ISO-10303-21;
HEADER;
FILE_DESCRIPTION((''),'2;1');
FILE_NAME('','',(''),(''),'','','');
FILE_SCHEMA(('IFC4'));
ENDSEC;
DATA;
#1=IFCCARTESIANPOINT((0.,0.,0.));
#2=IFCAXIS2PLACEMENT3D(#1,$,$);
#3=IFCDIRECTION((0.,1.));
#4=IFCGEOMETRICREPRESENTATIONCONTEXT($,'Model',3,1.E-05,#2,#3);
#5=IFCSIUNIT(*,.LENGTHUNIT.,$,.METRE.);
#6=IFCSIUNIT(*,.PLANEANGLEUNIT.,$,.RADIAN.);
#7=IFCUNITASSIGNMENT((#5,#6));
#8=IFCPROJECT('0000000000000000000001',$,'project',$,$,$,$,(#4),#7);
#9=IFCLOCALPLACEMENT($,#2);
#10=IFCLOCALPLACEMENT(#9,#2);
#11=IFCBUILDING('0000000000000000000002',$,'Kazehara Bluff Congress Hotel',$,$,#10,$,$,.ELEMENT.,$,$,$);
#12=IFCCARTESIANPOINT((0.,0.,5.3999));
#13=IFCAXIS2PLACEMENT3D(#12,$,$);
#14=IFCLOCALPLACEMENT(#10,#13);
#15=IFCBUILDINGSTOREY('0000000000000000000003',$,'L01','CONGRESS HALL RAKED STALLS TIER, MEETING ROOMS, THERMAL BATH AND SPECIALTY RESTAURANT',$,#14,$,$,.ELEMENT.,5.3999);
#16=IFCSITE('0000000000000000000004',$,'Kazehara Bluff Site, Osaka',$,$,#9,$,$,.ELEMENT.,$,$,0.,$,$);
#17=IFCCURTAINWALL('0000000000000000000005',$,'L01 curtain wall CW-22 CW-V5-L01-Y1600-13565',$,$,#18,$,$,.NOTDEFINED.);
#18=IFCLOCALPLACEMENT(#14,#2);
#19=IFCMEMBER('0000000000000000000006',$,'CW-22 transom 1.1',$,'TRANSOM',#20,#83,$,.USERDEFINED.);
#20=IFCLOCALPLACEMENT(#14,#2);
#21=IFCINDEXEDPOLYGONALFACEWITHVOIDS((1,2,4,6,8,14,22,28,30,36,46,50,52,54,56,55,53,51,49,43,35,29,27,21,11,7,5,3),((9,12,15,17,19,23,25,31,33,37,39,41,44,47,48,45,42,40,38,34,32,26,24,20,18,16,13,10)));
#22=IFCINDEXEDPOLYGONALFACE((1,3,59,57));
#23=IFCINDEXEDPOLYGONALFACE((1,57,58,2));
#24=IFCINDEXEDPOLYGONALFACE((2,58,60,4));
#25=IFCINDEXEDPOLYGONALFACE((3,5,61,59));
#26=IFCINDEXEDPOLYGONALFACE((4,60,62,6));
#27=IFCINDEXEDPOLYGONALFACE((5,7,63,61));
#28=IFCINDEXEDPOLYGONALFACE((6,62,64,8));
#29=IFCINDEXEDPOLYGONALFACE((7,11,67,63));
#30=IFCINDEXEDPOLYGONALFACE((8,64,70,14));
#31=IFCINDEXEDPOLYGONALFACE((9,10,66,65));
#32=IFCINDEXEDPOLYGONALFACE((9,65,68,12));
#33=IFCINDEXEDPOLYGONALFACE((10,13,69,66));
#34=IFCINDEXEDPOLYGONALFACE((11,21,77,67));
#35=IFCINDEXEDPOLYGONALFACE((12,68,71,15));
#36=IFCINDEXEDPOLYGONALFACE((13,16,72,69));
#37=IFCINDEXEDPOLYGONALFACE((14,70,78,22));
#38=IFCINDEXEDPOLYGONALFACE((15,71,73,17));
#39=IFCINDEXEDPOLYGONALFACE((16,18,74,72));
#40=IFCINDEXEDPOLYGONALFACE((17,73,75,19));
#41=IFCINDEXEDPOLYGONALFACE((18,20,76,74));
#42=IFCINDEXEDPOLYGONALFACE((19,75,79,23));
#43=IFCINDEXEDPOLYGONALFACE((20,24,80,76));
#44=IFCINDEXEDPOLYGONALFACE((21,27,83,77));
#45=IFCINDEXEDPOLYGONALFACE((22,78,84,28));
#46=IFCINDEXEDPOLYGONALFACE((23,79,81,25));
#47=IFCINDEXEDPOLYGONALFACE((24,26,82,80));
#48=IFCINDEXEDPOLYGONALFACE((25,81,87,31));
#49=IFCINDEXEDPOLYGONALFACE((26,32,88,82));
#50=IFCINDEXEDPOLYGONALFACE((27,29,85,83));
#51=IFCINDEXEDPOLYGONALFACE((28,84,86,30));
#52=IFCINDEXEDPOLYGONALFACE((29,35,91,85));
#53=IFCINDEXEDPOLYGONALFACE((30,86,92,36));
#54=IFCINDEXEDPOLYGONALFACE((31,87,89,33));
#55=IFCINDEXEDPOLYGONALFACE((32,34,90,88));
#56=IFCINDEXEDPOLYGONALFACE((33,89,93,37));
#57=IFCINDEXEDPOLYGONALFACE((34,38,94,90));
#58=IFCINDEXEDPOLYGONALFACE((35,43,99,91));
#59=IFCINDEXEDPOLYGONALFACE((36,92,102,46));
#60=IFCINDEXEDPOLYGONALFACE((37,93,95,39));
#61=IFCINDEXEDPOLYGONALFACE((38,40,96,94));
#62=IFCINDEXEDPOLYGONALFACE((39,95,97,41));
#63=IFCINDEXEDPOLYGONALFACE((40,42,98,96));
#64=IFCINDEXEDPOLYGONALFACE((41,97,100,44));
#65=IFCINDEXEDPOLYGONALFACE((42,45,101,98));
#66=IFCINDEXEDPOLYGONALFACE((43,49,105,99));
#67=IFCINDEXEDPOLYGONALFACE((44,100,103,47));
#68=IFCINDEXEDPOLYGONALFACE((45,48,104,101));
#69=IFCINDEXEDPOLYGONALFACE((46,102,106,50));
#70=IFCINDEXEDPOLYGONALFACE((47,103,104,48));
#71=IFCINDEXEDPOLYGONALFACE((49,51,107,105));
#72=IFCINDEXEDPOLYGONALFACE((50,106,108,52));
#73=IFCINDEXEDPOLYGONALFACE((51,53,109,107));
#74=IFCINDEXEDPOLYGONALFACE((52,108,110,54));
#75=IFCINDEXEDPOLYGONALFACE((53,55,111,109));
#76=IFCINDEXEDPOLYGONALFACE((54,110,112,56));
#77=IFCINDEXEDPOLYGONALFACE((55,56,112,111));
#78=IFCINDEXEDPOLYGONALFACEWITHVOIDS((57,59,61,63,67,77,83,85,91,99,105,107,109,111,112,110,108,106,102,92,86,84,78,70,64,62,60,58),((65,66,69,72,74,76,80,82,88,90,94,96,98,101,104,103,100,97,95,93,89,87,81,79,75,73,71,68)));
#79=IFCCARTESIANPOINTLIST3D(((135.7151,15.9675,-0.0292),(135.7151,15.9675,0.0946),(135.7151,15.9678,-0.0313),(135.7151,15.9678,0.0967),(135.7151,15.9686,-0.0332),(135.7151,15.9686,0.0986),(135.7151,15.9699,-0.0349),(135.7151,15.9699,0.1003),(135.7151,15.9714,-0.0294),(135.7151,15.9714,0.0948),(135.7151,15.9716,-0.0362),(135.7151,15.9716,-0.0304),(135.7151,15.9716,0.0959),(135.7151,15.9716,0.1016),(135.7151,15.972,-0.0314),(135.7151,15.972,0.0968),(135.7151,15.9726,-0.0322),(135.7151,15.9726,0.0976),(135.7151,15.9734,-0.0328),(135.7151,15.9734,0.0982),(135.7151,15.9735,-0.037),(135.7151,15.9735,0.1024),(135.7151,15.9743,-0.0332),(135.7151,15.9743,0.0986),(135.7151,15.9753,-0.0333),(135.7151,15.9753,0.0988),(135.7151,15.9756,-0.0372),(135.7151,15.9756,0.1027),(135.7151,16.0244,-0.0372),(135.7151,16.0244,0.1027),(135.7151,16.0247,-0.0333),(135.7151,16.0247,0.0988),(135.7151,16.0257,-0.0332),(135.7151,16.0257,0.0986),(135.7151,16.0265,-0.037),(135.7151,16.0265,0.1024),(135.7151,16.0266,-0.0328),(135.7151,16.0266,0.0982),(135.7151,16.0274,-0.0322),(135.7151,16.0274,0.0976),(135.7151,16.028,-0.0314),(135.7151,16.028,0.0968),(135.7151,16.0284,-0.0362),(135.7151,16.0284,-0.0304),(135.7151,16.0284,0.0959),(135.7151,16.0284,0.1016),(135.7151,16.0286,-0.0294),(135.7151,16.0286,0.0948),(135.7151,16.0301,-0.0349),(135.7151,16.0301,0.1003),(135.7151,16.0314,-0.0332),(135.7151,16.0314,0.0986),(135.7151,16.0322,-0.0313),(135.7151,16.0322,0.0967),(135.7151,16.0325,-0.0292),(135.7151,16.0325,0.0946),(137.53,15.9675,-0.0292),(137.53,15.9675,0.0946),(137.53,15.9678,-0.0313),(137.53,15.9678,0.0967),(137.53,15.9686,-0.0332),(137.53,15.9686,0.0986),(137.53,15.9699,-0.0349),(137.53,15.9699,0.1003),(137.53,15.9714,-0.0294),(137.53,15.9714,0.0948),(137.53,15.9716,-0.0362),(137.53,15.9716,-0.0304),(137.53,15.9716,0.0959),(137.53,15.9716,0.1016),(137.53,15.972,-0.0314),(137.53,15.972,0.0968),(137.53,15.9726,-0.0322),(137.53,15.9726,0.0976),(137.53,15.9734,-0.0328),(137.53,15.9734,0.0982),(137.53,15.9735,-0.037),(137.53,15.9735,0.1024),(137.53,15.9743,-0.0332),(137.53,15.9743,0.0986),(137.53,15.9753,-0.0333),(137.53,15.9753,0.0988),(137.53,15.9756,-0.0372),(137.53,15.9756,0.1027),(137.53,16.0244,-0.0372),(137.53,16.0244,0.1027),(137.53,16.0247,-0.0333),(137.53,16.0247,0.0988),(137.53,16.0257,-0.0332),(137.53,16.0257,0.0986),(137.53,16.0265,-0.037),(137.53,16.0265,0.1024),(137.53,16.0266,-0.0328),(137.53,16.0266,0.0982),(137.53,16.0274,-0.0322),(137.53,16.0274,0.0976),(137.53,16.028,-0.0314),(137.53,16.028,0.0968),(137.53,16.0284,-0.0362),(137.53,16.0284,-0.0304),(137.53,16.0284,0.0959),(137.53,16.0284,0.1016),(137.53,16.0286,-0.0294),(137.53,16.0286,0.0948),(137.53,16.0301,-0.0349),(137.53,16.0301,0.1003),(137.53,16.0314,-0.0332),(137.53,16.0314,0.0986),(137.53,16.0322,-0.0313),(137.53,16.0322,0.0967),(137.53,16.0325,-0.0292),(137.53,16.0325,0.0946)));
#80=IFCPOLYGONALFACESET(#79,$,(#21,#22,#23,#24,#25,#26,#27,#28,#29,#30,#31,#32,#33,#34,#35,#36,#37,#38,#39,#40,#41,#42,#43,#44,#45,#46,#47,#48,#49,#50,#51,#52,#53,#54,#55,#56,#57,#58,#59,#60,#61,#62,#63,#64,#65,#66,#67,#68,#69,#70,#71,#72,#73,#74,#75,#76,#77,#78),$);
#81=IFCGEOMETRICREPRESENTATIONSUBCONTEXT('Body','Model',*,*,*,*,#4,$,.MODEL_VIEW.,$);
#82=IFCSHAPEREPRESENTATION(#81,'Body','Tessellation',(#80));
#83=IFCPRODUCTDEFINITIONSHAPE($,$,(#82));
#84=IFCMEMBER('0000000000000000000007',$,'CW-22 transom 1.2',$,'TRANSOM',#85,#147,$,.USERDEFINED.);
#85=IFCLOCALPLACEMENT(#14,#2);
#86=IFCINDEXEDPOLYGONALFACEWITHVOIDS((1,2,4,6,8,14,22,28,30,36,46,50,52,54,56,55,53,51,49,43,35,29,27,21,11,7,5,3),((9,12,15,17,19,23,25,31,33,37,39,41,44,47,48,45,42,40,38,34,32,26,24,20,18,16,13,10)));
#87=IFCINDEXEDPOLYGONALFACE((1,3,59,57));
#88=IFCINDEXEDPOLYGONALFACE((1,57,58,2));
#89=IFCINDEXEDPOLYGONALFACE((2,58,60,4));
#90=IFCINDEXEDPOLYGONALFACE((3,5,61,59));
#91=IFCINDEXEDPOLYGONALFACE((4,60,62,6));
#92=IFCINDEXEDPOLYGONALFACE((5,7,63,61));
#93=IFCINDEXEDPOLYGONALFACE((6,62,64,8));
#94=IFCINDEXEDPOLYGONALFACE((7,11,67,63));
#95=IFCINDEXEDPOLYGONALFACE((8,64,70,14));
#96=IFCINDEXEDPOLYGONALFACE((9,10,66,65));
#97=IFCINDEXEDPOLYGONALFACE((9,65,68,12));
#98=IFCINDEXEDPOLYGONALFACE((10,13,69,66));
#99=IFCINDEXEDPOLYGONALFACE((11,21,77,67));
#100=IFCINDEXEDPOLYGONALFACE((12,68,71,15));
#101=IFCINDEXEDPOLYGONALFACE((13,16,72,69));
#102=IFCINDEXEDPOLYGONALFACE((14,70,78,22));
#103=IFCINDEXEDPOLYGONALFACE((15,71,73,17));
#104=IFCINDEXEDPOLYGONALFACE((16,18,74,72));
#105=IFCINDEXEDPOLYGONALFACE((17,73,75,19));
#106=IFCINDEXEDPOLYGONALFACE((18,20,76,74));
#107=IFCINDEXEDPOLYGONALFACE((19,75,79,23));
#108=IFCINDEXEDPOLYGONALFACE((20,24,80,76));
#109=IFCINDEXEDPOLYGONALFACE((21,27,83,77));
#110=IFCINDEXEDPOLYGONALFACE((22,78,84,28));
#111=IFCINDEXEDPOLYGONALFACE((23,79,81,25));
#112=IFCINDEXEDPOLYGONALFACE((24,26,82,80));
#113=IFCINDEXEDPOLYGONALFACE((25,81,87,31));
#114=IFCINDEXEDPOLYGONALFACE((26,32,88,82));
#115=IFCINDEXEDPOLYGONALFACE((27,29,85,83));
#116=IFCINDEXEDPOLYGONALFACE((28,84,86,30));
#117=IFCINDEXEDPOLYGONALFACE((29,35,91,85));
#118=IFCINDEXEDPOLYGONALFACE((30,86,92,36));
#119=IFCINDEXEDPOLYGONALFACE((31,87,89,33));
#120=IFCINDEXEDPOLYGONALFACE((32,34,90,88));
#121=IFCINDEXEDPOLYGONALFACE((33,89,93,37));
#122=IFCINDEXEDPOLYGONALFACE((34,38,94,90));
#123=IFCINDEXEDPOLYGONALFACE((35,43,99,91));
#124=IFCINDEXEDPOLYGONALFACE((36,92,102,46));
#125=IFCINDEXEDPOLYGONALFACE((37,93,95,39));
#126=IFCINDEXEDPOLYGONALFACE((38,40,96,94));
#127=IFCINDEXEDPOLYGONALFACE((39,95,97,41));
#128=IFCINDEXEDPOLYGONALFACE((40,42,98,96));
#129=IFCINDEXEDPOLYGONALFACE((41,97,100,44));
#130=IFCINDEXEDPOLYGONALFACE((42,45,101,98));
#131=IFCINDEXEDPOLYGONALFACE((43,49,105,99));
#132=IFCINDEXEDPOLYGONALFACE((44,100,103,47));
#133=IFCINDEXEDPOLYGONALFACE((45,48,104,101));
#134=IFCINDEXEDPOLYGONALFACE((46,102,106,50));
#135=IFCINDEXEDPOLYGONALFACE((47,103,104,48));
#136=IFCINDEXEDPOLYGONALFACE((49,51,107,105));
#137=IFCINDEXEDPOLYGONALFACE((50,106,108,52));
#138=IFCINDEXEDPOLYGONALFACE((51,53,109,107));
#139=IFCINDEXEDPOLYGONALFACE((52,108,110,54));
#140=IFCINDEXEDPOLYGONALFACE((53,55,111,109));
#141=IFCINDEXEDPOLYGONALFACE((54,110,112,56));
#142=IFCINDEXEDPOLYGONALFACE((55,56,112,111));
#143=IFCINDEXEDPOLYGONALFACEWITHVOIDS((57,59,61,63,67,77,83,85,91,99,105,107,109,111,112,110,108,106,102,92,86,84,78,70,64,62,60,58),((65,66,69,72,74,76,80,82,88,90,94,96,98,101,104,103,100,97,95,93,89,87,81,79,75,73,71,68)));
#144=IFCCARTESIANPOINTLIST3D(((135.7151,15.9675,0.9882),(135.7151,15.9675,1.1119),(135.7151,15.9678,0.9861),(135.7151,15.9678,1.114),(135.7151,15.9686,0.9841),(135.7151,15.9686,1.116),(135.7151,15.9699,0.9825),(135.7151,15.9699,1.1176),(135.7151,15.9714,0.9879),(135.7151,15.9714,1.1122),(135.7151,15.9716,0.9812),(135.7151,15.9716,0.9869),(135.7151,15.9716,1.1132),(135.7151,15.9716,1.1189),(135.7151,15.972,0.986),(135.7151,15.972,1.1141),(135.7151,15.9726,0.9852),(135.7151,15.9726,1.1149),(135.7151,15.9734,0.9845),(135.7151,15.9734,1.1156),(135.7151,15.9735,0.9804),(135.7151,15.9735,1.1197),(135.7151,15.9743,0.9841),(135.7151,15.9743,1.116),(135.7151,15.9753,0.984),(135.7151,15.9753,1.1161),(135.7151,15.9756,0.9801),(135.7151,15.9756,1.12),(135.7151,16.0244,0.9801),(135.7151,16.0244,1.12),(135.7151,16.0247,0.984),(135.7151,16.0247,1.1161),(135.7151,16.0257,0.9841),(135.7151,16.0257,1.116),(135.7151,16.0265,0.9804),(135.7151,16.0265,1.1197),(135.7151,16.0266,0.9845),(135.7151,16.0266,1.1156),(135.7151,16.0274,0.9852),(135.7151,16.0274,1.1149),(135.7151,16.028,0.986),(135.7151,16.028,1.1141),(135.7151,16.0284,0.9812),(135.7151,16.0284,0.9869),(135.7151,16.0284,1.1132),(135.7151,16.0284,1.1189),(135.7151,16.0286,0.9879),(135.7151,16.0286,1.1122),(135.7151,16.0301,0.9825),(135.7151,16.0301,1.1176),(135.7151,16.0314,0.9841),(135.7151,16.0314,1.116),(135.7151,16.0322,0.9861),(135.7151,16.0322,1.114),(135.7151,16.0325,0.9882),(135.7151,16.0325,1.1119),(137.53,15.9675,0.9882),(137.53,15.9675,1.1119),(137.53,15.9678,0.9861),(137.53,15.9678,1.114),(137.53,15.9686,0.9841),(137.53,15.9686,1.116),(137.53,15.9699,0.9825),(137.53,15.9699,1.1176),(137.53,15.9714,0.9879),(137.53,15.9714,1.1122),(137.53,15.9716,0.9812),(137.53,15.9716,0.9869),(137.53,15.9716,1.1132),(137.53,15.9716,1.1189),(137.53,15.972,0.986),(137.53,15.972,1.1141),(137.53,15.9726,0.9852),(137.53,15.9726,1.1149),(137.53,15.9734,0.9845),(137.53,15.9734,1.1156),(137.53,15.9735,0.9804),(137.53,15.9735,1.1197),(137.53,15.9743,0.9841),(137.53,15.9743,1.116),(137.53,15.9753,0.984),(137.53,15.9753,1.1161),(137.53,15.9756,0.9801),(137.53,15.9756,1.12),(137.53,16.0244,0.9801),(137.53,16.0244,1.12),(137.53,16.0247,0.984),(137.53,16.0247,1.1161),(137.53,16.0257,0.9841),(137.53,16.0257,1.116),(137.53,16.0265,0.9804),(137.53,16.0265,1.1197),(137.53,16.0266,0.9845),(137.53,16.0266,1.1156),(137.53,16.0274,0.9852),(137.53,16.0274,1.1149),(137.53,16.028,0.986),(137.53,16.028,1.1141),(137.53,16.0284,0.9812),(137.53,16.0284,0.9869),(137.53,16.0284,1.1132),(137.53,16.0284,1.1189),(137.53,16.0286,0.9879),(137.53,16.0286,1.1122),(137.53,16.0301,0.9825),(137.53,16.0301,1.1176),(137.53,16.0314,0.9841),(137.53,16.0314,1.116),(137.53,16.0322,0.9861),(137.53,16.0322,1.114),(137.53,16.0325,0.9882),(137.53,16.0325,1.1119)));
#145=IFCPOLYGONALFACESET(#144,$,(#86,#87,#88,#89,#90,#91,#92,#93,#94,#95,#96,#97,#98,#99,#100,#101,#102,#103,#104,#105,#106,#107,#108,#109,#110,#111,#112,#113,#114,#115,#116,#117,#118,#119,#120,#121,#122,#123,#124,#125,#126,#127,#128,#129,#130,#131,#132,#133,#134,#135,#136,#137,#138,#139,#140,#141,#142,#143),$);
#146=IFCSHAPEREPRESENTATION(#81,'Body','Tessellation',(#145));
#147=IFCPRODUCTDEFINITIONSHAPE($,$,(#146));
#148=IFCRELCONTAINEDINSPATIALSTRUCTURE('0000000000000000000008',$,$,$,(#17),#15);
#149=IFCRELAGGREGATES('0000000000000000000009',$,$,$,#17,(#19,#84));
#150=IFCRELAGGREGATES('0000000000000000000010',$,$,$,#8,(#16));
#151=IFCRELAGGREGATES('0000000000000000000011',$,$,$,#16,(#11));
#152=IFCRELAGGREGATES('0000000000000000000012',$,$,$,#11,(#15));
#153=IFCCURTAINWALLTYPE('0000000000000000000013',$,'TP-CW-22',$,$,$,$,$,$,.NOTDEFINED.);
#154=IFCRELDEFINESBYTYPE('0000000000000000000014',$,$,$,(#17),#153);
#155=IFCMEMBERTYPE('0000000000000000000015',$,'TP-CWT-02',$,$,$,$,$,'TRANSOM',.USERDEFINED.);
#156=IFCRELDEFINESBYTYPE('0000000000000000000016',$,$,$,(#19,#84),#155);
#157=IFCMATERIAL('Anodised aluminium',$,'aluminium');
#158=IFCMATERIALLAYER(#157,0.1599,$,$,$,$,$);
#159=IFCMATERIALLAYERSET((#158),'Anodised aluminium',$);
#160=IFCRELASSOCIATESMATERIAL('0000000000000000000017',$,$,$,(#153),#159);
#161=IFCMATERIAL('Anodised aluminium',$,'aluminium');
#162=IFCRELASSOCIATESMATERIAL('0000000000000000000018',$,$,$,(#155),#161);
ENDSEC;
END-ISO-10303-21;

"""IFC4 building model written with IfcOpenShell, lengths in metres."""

from ifc_helpers import new_model, si_unit, direction, frame, origin, origin_2d, place, context, subcontext, project, spatial, hollow_rectangle, extrude, material, layer, layer_set, material_profile, profile_set, type_object, element, aggregate, save


model = new_model("IFC4")

# Units and contexts
model_context = context("Model", 3, precision=1e-05, world=origin(), true_north=direction((0.0, 1.0)))
body_context = subcontext(model_context, "Body", "Model", "MODEL_VIEW")
ifc_project = project(units=[si_unit("LENGTHUNIT", "METRE"), si_unit("PLANEANGLEUNIT", "RADIAN")], contexts=[model_context])

# Site, building, storey
site_placement = place(None, origin())
site = spatial("IfcSite", under=ifc_project, at=site_placement, Name="Kazehara Bluff Site, Osaka", CompositionType="ELEMENT", RefElevation=0.0)
building_placement = place(site_placement, origin())
building = spatial("IfcBuilding", under=site, at=building_placement, Name="Kazehara Bluff Congress Hotel", CompositionType="ELEMENT")
storey_placement = place(building_placement, frame((0.0, 0.0, 5.3999)))
storey = spatial("IfcBuildingStorey", under=building, at=storey_placement, Name="L01", Description="CONGRESS HALL RAKED STALLS TIER, MEETING ROOMS, THERMAL BATH AND SPECIALTY RESTAURANT", CompositionType="ELEMENT", Elevation=5.3999)

# Curtain wall
ifc_material_1 = material(Name="Anodised aluminium", Category="aluminium")
ifc_layer_1 = layer(ifc_material_1, 0.1599)
ifc_layer_set_1 = layer_set([ifc_layer_1], Name="Anodised aluminium")
curtain_wall_type_1 = type_object("IfcCurtainWallType", Name="TP-CW-22", PredefinedType="NOTDEFINED", material=ifc_layer_set_1)
curtain_wall_1_placement = place(storey_placement, origin())
curtain_wall_1 = element("IfcCurtainWall", 1, at=curtain_wall_1_placement, inside=storey, type_object=curtain_wall_type_1, Name="L01 curtain wall CW-22 CW-V5-L01-Y1600-13565", PredefinedType="NOTDEFINED")

# Members
ifc_material_2 = material(Name="Anodised aluminium", Category="aluminium")
ifc_material_profile_1 = material_profile(ifc_material_2, hollow_rectangle(XDim=0.0649, YDim=0.1399, WallThickness=0.0039, InnerFilletRadius=0.0039, OuterFilletRadius=0.0081, at=origin_2d()))
ifc_profile_set_1 = profile_set([ifc_material_profile_1], Name="Anodised aluminium")
member_type_1 = type_object("IfcMemberType", Name="TP-CWT-02", ElementType="TRANSOM", PredefinedType="USERDEFINED", material=ifc_profile_set_1)
member_1_placement = place(storey_placement, frame((135.7151, 16.0, 0.0327), z_axis=(1.0, 0.0, 0.0), x_axis=(0.0, 1.0, 0.0)))
member_1 = element("IfcMember", 2, at=member_1_placement, type_object=member_type_1, Name="CW-22 transom 1.1", ObjectType="TRANSOM", PredefinedType="USERDEFINED", context=body_context, shape_type="SweptSolid", body=[
    extrude(hollow_rectangle(XDim=0.0649, YDim=0.1399, WallThickness=0.0039, InnerFilletRadius=0.0039, OuterFilletRadius=0.0081, at=origin_2d()), origin(), (0.0, 0.0, 1.0), 1.8149),
])
member_2_placement = place(storey_placement, frame((135.7151, 16.0, 1.05), z_axis=(1.0, 0.0, 0.0), x_axis=(0.0, 1.0, 0.0)))
member_2 = element("IfcMember", 3, at=member_2_placement, type_object=member_type_1, Name="CW-22 transom 1.2", ObjectType="TRANSOM", PredefinedType="USERDEFINED", context=body_context, shape_type="SweptSolid", body=[
    extrude(hollow_rectangle(XDim=0.0649, YDim=0.1399, WallThickness=0.0039, InnerFilletRadius=0.0039, OuterFilletRadius=0.0081, at=origin_2d()), origin(), (0.0, 0.0, 1.0), 1.8149),
])

aggregate(curtain_wall_1, [member_1, member_2])

save(model, "model.ifc")
